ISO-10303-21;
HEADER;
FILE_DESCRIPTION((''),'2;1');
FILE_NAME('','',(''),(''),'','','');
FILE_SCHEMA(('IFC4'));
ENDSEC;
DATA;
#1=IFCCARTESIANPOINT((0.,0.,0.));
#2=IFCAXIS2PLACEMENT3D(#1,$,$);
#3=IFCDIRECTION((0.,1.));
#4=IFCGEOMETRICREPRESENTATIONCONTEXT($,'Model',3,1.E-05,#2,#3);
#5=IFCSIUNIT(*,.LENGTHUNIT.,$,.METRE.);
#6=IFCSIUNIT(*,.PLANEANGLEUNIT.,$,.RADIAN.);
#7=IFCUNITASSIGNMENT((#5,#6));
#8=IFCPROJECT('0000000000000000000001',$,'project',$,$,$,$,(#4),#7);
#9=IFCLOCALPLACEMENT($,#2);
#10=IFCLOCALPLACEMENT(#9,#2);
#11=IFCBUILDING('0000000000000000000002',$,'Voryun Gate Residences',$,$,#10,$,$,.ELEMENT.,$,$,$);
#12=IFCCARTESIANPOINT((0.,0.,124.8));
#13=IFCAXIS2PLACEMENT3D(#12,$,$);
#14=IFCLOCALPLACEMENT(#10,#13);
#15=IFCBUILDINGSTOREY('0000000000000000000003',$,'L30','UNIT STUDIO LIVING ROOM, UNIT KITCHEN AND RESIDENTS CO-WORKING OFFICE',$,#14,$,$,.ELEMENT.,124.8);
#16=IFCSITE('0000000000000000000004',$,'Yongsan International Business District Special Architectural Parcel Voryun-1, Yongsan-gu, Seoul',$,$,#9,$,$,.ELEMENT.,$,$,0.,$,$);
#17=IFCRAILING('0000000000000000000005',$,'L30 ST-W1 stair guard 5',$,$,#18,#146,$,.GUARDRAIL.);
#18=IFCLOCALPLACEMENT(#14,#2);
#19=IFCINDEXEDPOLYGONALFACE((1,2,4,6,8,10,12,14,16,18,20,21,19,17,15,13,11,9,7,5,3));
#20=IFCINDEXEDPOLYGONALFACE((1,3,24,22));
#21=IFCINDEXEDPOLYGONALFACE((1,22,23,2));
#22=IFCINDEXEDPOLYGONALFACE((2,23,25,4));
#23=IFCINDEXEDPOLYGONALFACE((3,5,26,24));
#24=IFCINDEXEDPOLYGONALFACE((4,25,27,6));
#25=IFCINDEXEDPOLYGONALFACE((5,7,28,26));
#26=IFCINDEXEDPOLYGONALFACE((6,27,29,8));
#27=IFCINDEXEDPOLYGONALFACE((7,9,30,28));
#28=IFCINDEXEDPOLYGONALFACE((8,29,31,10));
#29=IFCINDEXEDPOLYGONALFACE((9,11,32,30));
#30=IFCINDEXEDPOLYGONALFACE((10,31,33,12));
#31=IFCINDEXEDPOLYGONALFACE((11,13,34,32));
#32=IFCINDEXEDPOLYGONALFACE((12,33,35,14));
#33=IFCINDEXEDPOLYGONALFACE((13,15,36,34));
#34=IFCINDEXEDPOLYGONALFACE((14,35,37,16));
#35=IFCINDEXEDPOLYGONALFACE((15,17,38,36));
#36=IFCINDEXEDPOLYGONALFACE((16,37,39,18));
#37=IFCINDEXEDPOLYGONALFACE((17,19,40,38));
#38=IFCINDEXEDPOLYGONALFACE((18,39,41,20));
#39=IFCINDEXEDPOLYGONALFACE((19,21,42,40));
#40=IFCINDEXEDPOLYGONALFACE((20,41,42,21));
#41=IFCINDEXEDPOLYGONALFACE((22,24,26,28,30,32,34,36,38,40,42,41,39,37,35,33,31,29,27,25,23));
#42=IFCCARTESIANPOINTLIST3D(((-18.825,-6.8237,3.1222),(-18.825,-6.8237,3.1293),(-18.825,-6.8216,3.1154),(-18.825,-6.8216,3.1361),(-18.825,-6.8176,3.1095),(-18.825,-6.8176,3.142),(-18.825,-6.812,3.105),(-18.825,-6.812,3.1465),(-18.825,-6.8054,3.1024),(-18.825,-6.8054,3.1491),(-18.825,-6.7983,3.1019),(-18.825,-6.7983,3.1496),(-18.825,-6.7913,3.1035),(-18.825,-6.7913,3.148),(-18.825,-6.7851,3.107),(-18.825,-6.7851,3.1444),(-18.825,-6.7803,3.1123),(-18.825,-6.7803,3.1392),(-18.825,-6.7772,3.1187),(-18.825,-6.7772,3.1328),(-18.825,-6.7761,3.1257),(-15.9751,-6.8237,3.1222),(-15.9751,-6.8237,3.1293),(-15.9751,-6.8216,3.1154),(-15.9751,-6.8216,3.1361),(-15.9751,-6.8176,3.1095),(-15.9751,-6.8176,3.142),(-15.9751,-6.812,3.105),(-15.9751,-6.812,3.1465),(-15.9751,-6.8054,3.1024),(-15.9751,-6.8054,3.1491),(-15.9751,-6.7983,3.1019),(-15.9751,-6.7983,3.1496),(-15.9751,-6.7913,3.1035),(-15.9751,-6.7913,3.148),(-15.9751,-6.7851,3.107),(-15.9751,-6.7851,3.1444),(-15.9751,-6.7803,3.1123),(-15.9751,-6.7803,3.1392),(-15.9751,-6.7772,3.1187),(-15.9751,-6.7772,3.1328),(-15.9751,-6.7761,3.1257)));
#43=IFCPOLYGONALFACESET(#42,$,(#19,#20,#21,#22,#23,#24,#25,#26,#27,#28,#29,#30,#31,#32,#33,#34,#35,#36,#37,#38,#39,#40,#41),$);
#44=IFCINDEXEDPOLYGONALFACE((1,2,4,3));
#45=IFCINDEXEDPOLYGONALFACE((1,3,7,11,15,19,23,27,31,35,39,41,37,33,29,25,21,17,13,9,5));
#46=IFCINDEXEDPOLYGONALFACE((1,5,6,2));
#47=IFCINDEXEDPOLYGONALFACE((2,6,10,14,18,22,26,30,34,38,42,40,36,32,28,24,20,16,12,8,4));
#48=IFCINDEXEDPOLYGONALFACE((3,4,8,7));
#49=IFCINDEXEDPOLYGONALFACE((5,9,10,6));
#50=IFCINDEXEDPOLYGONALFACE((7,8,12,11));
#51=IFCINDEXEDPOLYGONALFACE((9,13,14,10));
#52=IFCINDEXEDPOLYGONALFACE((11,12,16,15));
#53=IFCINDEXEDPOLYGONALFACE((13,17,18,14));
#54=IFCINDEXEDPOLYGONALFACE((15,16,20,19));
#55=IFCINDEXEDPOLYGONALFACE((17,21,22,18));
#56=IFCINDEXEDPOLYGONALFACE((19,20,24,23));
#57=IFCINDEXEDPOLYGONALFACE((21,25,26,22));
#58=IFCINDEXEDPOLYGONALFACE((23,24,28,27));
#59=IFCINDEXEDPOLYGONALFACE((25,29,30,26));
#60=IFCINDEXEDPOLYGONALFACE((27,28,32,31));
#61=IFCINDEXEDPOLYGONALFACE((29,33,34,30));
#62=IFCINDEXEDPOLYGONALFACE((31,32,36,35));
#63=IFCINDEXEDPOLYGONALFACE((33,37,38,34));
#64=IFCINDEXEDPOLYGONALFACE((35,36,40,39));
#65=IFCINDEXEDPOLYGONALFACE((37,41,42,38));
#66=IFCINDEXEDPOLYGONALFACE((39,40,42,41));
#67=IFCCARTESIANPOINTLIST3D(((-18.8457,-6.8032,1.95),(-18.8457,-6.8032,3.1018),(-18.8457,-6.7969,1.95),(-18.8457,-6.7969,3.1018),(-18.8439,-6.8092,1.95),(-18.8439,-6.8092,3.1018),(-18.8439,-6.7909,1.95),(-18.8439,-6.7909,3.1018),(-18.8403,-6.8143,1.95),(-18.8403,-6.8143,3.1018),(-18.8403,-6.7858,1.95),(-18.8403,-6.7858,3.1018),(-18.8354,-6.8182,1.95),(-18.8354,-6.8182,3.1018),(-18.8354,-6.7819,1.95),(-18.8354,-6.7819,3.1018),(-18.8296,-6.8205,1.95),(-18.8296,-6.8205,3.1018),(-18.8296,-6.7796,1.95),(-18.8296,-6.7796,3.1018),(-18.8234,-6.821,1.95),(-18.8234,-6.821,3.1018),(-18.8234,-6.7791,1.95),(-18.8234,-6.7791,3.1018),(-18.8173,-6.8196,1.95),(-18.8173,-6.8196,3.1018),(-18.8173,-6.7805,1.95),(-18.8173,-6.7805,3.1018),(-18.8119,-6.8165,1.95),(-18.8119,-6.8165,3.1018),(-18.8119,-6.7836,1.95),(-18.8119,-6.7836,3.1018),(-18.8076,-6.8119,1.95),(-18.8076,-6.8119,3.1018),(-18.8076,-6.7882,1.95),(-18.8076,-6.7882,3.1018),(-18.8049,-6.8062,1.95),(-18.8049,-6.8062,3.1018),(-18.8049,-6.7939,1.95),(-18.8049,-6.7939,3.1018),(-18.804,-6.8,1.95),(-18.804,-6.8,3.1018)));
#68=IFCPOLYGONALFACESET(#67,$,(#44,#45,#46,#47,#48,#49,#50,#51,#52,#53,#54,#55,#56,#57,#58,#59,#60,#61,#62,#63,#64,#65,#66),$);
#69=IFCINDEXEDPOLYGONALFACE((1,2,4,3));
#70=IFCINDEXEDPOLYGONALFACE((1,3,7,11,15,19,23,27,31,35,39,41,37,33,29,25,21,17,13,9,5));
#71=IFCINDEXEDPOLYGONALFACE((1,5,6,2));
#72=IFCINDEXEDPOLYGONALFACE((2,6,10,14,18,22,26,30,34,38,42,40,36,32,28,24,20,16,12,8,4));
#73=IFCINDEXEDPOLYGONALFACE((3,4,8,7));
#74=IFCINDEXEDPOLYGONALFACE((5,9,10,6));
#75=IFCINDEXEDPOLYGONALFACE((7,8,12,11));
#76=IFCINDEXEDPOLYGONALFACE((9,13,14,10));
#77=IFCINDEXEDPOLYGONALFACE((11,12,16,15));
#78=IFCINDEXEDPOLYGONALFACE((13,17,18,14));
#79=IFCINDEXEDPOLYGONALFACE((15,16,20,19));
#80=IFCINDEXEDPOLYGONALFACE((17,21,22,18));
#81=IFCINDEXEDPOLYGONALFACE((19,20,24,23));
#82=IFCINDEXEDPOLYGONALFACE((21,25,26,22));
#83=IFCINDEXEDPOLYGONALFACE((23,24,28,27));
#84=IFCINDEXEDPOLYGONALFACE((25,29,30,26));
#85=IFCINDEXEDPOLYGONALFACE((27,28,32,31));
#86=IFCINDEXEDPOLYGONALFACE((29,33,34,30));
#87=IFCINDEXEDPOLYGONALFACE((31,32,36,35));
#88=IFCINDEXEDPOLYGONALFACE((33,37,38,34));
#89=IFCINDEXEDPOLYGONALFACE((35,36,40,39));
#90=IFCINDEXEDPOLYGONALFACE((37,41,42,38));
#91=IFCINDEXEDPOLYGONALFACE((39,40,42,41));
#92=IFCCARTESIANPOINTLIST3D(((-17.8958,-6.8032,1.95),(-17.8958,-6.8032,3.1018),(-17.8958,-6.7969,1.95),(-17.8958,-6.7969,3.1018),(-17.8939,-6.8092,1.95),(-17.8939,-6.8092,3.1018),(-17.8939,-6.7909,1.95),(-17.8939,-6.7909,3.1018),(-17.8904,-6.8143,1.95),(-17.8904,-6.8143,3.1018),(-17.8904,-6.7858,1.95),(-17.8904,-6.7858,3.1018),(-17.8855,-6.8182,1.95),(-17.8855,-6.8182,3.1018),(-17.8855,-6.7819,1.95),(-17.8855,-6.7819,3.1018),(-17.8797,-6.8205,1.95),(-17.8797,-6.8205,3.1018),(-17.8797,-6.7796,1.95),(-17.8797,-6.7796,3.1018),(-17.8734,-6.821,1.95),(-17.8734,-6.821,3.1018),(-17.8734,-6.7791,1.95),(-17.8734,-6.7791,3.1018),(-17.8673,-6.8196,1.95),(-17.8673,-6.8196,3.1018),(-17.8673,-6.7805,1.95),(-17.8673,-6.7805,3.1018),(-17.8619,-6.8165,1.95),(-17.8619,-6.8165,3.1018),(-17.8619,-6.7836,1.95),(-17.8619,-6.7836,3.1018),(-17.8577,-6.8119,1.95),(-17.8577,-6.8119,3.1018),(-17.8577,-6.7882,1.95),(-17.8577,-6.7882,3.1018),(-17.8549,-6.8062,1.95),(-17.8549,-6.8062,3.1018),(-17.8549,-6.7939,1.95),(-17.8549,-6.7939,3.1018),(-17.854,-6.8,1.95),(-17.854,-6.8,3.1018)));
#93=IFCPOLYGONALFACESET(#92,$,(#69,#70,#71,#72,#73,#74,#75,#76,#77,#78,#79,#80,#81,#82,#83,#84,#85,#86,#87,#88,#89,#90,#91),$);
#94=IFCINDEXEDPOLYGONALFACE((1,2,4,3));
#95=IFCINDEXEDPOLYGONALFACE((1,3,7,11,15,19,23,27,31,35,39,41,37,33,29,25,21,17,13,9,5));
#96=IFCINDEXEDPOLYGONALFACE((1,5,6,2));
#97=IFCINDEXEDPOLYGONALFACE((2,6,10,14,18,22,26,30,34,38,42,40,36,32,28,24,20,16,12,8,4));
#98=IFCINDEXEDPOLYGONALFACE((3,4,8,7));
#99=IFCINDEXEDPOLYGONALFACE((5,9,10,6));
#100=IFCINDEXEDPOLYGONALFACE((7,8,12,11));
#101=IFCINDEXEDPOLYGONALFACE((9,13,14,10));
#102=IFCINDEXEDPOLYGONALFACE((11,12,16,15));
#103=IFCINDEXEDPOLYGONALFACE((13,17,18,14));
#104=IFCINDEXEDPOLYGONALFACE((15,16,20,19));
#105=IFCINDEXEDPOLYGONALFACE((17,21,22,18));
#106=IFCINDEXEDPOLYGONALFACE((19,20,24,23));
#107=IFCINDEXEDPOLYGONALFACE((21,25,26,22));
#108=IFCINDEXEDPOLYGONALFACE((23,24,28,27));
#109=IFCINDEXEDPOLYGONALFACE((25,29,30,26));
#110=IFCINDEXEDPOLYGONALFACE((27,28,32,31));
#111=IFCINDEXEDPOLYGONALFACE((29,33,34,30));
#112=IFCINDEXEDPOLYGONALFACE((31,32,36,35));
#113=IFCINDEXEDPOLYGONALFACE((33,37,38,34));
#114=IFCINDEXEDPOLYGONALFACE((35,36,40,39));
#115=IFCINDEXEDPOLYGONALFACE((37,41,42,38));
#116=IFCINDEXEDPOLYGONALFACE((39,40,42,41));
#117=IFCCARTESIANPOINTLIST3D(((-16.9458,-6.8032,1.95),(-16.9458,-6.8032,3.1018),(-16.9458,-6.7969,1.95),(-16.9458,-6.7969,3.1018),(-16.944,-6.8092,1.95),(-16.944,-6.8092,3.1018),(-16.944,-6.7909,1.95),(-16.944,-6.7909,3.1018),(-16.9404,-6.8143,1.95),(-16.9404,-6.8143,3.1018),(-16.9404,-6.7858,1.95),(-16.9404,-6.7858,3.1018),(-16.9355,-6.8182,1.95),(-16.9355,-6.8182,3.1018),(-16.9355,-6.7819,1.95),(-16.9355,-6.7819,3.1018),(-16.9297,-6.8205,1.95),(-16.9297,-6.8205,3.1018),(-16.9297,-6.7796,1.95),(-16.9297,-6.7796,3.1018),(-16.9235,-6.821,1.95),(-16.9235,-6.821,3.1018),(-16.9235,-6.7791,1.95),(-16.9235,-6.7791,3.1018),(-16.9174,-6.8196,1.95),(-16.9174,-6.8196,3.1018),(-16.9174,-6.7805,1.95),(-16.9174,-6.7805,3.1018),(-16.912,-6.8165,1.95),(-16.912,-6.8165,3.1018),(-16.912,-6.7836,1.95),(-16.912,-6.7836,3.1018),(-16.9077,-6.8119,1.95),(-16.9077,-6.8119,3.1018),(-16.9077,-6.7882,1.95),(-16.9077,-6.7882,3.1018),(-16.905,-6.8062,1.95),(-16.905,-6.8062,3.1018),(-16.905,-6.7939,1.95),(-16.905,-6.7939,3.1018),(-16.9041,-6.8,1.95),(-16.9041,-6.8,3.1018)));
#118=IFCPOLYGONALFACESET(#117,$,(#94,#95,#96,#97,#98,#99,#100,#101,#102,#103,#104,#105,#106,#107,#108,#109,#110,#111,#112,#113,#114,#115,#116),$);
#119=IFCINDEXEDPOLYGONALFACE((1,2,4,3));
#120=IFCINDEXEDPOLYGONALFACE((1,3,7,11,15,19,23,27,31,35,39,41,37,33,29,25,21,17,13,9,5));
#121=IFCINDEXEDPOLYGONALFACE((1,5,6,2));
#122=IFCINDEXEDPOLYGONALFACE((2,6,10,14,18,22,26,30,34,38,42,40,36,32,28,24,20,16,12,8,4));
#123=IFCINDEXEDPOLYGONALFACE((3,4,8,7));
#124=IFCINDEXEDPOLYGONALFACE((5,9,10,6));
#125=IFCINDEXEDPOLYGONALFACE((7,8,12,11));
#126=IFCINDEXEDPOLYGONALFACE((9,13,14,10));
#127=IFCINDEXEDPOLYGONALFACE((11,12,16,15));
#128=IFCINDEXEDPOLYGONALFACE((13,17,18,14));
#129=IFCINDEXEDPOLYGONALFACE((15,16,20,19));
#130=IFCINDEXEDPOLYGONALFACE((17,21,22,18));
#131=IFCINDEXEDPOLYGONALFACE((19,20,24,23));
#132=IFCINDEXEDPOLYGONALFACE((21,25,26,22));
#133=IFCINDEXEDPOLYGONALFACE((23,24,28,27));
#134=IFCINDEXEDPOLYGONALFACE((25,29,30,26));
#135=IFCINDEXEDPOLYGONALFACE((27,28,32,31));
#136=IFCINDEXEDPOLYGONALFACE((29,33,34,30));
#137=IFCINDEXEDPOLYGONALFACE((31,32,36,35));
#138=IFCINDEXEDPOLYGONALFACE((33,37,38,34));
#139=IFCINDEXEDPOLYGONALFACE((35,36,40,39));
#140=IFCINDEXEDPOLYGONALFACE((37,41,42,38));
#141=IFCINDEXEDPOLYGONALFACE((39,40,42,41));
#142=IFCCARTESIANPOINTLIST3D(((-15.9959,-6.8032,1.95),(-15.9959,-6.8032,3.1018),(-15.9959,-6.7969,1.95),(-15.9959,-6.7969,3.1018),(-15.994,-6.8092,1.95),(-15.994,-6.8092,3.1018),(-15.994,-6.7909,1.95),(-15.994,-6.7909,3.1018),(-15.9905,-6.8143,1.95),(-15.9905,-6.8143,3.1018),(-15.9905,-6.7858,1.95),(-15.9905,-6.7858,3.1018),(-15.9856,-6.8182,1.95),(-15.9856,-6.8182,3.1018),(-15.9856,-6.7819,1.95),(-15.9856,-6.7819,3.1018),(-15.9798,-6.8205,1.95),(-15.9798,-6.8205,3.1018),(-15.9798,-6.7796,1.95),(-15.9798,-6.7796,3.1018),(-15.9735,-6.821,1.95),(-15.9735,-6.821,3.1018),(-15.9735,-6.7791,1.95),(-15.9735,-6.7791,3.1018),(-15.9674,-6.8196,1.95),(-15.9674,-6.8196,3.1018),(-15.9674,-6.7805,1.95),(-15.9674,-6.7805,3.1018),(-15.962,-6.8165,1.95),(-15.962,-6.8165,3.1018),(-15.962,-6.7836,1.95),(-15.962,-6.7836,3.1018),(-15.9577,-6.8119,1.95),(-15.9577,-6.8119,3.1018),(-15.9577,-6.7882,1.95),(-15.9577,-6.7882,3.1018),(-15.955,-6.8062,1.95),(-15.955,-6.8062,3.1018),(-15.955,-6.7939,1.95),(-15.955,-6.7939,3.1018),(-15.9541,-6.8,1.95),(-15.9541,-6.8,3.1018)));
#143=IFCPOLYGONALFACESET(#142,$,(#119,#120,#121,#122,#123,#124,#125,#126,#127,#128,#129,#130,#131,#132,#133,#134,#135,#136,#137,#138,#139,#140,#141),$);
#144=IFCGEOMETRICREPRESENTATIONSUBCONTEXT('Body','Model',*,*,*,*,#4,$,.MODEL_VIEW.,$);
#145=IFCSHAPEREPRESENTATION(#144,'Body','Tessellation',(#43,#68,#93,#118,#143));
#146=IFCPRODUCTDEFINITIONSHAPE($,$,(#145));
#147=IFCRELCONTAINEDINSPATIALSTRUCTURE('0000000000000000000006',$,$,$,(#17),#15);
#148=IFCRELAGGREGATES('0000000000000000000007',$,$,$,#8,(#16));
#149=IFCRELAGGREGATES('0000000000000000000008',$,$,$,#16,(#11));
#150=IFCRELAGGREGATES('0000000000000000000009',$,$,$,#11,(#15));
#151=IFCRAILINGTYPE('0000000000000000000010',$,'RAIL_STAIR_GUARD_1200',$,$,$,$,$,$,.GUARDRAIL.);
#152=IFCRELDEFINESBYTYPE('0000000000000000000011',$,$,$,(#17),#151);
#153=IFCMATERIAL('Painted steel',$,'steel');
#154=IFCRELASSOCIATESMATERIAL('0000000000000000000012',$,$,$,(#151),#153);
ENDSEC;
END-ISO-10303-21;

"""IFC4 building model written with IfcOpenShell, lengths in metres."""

from ifc_helpers import new_model, si_unit, direction, frame, origin, origin_2d, place, context, subcontext, project, spatial, circle, extrude, material, type_object, element, save


model = new_model("IFC4")

# Units and contexts
model_context = context("Model", 3, precision=1e-05, world=origin(), true_north=direction((0.0, 1.0)))
body_context = subcontext(model_context, "Body", "Model", "MODEL_VIEW")
ifc_project = project(units=[si_unit("LENGTHUNIT", "METRE"), si_unit("PLANEANGLEUNIT", "RADIAN")], contexts=[model_context])

# Site, building, storey
site_placement = place(None, origin())
site = spatial("IfcSite", under=ifc_project, at=site_placement, Name="Yongsan International Business District Special Architectural Parcel Voryun-1, Yongsan-gu, Seoul", CompositionType="ELEMENT", RefElevation=0.0)
building_placement = place(site_placement, origin())
building = spatial("IfcBuilding", under=site, at=building_placement, Name="Voryun Gate Residences", CompositionType="ELEMENT")
storey_placement = place(building_placement, frame((0.0, 0.0, 124.8)))
storey = spatial("IfcBuildingStorey", under=building, at=storey_placement, Name="L30", Description="UNIT STUDIO LIVING ROOM, UNIT KITCHEN AND RESIDENTS CO-WORKING OFFICE", CompositionType="ELEMENT", Elevation=124.8)

# Railing
ifc_material_1 = material(Name="Painted steel", Category="steel")
railing_type_1 = type_object("IfcRailingType", Name="RAIL_STAIR_GUARD_1200", PredefinedType="GUARDRAIL", material=ifc_material_1)
railing_1_placement = place(storey_placement, frame((-18.825, -6.8, 1.95)))
element("IfcRailing", 1, at=railing_1_placement, inside=storey, type_object=railing_type_1, Name="L30 ST-W1 stair guard 5", PredefinedType="GUARDRAIL", context=body_context, shape_type="SweptSolid", body=[
    extrude(circle(Radius=0.0239, at=origin_2d()), frame((0.0, 0.0, 1.1758), z_axis=(1.0, 0.0, 0.0), x_axis=(0.0, 1.0, 0.0)), (0.0, 0.0, 1.0), 2.8499),
    extrude(circle(Radius=0.021, at=origin_2d()), origin(), (0.0, 0.0, 1.0), 1.1519),
    extrude(circle(Radius=0.021, at=origin_2d()), frame((0.95, 0.0, 0.0)), (0.0, 0.0, 1.0), 1.1519),
    extrude(circle(Radius=0.021, at=origin_2d()), frame((1.8999, 0.0, 0.0)), (0.0, 0.0, 1.0), 1.1519),
    extrude(circle(Radius=0.021, at=origin_2d()), frame((2.8499, 0.0, 0.0)), (0.0, 0.0, 1.0), 1.1519),
])

save(model, "model.ifc")
